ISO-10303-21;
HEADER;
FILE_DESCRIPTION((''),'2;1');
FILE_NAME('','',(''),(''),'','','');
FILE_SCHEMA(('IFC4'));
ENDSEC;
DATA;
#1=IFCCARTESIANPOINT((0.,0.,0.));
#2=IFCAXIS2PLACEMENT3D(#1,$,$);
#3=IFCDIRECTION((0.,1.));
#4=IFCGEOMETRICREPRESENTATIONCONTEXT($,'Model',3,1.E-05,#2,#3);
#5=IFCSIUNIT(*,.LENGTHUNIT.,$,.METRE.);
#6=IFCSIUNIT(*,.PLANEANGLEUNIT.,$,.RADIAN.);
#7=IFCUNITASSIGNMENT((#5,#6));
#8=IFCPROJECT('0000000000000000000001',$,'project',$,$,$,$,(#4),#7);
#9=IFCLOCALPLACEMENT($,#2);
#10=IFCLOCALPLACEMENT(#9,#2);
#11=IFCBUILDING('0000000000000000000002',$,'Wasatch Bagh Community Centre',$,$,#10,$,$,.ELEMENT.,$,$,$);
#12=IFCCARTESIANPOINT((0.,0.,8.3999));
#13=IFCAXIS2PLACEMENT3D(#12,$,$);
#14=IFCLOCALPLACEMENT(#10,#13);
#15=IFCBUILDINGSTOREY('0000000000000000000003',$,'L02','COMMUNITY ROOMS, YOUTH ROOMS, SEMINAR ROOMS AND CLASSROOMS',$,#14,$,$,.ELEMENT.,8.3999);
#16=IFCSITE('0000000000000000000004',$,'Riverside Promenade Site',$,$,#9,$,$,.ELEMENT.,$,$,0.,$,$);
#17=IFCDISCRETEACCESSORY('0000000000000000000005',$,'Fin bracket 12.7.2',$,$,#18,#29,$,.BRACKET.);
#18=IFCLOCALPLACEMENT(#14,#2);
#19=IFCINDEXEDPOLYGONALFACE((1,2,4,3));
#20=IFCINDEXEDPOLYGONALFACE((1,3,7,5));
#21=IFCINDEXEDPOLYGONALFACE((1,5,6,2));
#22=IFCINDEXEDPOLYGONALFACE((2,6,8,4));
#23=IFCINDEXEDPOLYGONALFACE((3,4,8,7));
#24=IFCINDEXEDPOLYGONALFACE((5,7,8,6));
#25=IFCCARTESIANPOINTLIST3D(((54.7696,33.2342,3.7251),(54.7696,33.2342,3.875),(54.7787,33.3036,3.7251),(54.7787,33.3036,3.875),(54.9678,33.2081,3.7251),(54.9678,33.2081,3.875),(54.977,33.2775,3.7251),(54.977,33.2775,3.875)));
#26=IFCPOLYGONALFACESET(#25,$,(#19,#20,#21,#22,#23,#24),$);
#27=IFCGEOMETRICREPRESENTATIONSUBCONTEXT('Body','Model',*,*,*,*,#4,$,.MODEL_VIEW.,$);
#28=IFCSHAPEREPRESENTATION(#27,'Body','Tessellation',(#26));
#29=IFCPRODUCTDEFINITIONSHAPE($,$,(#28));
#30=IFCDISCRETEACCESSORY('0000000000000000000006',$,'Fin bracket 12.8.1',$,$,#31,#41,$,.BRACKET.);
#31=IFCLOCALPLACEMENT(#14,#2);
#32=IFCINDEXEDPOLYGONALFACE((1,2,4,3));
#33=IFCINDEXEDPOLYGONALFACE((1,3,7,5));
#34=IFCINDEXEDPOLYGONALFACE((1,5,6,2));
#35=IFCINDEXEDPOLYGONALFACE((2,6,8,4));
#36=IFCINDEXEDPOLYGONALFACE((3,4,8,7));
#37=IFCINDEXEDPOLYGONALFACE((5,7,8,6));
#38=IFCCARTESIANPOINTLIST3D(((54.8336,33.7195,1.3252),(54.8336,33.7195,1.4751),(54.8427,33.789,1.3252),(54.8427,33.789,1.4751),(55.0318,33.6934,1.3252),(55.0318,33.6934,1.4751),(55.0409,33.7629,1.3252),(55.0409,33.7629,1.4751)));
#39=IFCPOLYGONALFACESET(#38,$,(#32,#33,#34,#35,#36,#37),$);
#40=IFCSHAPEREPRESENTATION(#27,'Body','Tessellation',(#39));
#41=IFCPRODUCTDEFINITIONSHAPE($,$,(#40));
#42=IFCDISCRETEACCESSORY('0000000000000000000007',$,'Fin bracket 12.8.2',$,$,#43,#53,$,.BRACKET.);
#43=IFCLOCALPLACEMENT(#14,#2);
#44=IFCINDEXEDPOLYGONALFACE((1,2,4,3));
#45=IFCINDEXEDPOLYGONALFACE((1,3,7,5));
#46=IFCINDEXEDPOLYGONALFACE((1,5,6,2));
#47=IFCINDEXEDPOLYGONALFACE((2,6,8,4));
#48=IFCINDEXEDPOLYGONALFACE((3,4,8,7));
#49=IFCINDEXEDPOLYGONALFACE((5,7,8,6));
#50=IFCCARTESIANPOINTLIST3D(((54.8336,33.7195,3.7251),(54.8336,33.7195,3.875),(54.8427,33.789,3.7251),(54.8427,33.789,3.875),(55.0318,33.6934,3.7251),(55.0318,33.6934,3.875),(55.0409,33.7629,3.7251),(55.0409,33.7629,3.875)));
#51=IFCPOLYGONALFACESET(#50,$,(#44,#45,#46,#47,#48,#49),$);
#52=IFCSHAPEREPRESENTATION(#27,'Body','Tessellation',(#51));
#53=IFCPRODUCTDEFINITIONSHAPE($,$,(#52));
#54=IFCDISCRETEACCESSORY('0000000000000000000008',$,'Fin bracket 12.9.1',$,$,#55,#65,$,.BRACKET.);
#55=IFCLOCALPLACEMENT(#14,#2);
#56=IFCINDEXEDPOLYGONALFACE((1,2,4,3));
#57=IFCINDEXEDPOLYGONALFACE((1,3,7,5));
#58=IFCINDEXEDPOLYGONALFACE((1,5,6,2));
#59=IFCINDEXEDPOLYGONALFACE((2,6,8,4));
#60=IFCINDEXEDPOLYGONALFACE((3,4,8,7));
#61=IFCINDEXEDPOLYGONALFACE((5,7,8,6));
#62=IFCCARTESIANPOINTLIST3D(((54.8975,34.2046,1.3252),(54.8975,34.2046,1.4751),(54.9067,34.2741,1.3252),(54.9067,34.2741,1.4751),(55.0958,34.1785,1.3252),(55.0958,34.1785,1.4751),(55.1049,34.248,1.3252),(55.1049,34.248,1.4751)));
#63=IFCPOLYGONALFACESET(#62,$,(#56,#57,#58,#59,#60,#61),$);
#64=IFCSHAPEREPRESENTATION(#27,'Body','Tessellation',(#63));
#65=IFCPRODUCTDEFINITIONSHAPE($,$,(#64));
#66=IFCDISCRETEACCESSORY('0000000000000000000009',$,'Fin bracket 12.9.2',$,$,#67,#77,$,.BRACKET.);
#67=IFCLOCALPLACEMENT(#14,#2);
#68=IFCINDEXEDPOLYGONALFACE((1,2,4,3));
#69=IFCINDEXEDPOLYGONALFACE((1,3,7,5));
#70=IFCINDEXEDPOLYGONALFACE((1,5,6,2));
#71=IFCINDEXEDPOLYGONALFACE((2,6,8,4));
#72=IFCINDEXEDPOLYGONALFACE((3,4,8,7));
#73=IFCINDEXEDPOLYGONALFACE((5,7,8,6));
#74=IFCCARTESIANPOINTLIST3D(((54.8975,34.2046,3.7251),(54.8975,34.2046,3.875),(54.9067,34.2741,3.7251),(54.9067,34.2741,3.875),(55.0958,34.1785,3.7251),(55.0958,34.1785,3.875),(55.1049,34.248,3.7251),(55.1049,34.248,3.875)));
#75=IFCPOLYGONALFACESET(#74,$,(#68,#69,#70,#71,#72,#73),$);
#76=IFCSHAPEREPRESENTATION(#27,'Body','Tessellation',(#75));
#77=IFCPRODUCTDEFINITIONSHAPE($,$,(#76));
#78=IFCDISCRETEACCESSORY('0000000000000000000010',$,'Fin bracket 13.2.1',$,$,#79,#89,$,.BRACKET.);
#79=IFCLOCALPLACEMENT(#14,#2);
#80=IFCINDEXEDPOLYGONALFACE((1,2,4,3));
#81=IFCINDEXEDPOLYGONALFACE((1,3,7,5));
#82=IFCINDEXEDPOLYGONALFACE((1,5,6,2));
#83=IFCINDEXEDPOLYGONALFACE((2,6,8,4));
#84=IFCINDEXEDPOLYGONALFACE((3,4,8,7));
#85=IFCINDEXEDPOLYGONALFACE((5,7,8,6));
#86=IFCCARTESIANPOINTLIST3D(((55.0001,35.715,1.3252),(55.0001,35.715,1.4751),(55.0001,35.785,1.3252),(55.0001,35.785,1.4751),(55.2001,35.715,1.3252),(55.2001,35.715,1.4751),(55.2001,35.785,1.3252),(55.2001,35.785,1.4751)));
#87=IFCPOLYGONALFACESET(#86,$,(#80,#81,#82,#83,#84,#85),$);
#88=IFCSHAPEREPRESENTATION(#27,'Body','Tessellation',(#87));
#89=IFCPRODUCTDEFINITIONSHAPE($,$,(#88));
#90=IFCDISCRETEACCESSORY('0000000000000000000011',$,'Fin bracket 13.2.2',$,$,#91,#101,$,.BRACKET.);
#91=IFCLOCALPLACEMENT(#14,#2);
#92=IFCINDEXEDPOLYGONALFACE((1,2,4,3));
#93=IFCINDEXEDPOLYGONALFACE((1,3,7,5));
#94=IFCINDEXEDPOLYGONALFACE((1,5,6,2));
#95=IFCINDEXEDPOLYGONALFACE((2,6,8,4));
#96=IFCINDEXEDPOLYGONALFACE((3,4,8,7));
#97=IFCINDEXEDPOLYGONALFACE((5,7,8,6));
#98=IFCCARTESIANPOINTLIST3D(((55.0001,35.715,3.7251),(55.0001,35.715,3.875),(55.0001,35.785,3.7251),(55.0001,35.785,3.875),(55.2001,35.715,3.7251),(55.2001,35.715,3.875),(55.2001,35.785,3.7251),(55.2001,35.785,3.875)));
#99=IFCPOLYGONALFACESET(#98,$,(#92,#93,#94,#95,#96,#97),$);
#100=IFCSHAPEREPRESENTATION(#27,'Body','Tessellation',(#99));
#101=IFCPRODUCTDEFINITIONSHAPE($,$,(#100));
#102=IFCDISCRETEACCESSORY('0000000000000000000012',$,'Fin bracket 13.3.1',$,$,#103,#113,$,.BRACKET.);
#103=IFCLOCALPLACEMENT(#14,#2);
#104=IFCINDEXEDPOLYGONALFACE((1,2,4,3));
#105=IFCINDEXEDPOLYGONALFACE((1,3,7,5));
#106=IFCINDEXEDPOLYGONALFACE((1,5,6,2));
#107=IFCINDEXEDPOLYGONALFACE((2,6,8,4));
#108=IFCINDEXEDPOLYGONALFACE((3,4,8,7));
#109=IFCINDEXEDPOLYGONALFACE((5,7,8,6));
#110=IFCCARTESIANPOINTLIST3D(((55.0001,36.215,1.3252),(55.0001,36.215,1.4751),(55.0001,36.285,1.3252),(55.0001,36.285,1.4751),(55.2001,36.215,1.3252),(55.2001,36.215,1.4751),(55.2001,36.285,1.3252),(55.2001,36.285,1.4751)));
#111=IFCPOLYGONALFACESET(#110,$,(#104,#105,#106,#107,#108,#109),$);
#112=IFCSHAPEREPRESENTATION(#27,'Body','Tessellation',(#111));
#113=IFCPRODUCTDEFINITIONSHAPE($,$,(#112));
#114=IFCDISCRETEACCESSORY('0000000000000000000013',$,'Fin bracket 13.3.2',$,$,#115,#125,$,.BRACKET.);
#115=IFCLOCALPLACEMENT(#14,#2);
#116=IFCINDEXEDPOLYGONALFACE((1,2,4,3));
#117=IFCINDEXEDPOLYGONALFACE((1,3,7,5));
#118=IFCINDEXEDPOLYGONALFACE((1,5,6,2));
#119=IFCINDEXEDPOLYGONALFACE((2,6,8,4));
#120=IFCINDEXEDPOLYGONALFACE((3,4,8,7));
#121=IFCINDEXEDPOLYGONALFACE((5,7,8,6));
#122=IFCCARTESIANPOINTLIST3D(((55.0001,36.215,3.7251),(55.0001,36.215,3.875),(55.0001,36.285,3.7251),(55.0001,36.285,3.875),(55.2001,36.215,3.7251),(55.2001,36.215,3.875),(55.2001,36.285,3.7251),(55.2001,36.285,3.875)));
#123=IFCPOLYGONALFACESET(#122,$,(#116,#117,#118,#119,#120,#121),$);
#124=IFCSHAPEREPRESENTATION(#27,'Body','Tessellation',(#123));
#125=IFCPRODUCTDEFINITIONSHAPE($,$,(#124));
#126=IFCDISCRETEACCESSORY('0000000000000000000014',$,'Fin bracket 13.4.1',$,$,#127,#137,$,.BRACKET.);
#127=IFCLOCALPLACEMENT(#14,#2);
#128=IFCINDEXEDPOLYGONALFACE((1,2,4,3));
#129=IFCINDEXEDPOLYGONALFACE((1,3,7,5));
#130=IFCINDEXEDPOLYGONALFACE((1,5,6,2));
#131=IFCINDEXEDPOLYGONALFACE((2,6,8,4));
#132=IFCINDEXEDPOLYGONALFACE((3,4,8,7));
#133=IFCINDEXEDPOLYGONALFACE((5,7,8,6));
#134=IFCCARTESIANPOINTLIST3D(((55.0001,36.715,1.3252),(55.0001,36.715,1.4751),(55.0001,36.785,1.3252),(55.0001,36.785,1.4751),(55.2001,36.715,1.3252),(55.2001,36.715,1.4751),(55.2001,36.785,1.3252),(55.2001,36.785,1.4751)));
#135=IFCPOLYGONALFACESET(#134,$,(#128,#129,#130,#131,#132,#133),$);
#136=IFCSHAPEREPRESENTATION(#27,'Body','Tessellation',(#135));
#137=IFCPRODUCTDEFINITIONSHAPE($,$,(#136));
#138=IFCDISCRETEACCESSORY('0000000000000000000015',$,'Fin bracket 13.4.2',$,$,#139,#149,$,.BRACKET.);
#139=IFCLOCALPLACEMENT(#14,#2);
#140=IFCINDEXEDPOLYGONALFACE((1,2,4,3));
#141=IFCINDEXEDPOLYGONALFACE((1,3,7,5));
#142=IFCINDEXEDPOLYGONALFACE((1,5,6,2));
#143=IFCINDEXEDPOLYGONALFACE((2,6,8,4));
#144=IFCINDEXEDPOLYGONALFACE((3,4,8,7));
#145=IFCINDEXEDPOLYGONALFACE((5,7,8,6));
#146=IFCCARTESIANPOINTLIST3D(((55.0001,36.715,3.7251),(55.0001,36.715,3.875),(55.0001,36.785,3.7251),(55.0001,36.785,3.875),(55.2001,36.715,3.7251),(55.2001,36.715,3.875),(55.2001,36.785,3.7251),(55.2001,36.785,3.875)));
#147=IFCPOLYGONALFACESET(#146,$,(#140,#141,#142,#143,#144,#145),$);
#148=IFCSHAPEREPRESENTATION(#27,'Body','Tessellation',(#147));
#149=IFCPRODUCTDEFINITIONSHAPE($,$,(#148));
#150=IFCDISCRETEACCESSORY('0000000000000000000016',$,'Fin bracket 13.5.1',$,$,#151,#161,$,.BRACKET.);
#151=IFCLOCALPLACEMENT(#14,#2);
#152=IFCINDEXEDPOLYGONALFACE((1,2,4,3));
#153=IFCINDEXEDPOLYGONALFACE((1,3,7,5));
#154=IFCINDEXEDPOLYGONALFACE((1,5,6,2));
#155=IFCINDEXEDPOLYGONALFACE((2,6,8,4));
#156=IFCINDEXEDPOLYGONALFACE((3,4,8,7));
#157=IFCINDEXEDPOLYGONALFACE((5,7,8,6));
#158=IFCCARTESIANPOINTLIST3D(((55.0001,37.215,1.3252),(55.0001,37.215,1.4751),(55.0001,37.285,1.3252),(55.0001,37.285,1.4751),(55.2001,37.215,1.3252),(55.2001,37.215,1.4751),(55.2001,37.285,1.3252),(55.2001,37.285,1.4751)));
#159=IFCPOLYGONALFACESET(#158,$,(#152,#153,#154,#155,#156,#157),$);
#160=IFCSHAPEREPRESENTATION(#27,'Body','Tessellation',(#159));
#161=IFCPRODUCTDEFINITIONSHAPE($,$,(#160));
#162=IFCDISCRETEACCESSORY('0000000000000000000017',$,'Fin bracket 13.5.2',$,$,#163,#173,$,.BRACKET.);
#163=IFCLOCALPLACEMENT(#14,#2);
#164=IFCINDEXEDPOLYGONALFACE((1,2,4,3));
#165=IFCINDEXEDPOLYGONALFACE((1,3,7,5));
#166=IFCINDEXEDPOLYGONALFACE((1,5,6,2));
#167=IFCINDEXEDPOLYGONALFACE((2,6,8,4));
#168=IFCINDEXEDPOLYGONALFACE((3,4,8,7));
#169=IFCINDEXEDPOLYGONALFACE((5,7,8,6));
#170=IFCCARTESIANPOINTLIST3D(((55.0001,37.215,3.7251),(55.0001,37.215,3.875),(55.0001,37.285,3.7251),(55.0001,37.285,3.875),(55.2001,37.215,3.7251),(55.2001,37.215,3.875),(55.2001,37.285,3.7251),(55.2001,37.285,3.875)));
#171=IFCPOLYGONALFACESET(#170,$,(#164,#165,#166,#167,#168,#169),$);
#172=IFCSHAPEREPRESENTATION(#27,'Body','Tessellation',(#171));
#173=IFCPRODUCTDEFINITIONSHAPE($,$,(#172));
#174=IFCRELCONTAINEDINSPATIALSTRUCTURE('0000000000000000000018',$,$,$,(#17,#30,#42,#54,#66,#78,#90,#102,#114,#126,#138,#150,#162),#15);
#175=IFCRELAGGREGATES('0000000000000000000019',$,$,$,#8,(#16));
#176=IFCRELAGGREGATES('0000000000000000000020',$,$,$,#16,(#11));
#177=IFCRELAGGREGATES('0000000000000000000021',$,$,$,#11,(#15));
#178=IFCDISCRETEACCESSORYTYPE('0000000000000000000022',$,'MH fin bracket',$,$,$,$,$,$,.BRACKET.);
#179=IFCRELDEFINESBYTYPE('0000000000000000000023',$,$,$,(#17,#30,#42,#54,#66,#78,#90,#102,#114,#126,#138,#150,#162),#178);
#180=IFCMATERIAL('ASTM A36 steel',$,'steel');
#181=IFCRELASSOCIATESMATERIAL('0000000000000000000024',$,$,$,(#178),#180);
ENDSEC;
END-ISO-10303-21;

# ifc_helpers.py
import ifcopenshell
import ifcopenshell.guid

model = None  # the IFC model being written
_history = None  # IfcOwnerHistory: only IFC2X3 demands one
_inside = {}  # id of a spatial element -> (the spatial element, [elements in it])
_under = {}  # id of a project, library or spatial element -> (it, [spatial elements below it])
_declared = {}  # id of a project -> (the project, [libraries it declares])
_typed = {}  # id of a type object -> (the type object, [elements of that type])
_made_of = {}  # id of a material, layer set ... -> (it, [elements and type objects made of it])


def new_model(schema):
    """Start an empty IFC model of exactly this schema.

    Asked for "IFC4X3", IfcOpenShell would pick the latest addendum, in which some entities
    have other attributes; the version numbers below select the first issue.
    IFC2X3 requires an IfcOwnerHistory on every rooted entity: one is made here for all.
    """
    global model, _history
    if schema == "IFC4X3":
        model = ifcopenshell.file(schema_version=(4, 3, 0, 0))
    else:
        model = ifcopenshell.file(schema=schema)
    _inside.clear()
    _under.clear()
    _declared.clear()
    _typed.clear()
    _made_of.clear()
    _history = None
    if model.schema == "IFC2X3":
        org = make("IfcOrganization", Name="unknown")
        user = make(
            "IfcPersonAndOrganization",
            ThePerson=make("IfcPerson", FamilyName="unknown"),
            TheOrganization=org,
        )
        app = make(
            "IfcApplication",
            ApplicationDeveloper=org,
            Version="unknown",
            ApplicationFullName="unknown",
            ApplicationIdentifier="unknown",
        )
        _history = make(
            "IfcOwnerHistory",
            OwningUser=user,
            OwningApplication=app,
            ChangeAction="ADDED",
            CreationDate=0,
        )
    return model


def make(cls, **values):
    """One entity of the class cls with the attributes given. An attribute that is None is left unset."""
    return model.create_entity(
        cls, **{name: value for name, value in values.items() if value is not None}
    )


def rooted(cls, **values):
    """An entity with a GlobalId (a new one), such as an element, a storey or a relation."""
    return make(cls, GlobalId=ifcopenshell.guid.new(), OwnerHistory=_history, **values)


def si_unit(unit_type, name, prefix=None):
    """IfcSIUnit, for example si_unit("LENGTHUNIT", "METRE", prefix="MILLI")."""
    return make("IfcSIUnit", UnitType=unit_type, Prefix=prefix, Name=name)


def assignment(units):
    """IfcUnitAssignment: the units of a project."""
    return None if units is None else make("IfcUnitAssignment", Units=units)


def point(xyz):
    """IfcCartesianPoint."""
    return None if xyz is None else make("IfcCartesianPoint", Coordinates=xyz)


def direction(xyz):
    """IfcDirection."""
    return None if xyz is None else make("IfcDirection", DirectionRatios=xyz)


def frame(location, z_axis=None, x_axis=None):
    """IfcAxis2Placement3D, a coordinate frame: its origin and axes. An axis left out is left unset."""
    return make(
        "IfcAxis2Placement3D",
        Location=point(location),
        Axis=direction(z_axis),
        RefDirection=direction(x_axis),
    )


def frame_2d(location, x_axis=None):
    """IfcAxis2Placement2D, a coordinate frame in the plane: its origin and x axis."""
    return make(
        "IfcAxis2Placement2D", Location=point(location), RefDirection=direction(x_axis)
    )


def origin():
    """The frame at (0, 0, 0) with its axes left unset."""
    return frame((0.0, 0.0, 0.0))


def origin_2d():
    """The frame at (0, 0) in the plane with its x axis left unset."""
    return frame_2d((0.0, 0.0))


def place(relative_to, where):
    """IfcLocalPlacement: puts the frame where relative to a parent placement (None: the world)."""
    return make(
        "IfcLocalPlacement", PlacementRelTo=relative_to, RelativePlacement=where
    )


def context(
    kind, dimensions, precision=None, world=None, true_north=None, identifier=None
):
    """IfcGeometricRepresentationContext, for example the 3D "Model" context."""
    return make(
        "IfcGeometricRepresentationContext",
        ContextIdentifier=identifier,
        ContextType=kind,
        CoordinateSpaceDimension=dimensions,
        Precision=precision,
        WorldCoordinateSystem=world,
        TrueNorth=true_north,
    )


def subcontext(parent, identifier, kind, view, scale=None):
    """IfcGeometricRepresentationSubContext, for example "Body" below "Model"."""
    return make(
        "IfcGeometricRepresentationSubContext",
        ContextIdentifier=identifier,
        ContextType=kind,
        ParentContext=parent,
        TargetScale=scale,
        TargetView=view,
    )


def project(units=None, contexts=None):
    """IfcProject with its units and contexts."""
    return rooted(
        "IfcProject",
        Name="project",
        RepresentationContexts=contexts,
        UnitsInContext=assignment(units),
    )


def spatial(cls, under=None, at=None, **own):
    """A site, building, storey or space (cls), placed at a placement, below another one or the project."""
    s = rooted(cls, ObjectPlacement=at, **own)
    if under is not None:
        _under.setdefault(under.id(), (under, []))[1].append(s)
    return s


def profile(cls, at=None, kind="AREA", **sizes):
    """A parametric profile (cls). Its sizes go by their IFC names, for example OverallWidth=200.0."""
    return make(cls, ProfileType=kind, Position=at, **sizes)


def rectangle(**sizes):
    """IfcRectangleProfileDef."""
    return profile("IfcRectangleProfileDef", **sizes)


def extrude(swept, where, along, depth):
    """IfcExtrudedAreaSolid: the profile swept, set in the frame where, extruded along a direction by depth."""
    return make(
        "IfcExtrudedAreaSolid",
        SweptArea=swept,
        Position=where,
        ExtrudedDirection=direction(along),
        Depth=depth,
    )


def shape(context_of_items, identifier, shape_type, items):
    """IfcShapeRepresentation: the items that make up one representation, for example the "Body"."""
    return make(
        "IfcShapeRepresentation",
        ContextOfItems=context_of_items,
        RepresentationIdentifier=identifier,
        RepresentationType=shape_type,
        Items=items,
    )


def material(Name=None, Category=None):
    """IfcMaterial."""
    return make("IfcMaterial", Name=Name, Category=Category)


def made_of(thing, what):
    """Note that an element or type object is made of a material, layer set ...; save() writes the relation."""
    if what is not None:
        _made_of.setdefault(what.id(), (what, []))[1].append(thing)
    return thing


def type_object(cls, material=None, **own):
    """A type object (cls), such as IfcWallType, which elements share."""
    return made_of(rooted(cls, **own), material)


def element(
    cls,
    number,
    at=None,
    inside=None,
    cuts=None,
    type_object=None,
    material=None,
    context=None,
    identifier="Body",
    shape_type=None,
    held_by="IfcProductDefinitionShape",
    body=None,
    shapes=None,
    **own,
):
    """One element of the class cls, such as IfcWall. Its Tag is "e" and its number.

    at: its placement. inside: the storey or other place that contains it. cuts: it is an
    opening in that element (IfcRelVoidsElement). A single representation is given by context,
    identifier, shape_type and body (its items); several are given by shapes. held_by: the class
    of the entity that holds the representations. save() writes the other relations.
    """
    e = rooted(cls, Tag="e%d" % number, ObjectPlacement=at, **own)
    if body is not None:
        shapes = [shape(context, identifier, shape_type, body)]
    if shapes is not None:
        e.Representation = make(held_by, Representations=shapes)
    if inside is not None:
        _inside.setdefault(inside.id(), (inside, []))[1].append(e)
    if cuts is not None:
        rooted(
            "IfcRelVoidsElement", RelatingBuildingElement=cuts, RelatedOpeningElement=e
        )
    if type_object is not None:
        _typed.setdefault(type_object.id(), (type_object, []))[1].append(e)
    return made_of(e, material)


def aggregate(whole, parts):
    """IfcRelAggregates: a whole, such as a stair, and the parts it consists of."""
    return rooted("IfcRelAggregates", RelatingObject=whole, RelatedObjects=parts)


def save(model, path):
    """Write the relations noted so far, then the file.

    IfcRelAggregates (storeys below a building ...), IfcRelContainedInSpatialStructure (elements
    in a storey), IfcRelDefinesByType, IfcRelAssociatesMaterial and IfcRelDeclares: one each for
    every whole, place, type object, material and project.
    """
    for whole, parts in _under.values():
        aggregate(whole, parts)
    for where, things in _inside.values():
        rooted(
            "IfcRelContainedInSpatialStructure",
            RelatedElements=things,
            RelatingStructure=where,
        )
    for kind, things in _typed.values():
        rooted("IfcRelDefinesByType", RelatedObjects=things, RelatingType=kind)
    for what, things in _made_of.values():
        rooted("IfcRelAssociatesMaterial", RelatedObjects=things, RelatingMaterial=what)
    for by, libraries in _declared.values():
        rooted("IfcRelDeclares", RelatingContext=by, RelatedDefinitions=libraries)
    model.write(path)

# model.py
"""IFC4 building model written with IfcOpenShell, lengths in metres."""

from ifc_helpers import new_model, si_unit, direction, frame, origin, origin_2d, place, context, subcontext, project, spatial, rectangle, extrude, material, type_object, element, save


model = new_model("IFC4")

# Units and contexts
model_context = context("Model", 3, precision=1e-05, world=origin(), true_north=direction((0.0, 1.0)))
body_context = subcontext(model_context, "Body", "Model", "MODEL_VIEW")
ifc_project = project(units=[si_unit("LENGTHUNIT", "METRE"), si_unit("PLANEANGLEUNIT", "RADIAN")], contexts=[model_context])

# Site, building, storey
site_placement = place(None, origin())
site = spatial("IfcSite", under=ifc_project, at=site_placement, Name="Riverside Promenade Site", CompositionType="ELEMENT", RefElevation=0.0)
building_placement = place(site_placement, origin())
building = spatial("IfcBuilding", under=site, at=building_placement, Name="Wasatch Bagh Community Centre", CompositionType="ELEMENT")
storey_placement = place(building_placement, frame((0.0, 0.0, 8.3999)))
storey = spatial("IfcBuildingStorey", under=building, at=storey_placement, Name="L02", Description="COMMUNITY ROOMS, YOUTH ROOMS, SEMINAR ROOMS AND CLASSROOMS", CompositionType="ELEMENT", Elevation=8.3999)

# Discrete accessories
ifc_material_1 = material(Name="ASTM A36 steel", Category="steel")
discrete_accessory_type = type_object("IfcDiscreteAccessoryType", Name="MH fin bracket", PredefinedType="BRACKET", material=ifc_material_1)
for number, where, z_axis, x_axis, name in (
    (1, (54.8733, 33.2559, 3.7251), (0.0, 0.0, 1.0), (0.130526, 0.991445, 0.0), "Fin bracket 12.7.2"),
    (2, (54.9373, 33.7412, 1.3252), (0.0, 0.0, 1.0), (0.130526, 0.991445, 0.0), "Fin bracket 12.8.1"),
    (3, (54.9373, 33.7412, 3.7251), (0.0, 0.0, 1.0), (0.130526, 0.991445, 0.0), "Fin bracket 12.8.2"),
    (4, (55.0012, 34.2263, 1.3252), (0.0, 0.0, 1.0), (0.130526, 0.991445, 0.0), "Fin bracket 12.9.1"),
    (5, (55.0012, 34.2263, 3.7251), (0.0, 0.0, 1.0), (0.130526, 0.991445, 0.0), "Fin bracket 12.9.2"),
    (6, (55.1001, 35.75, 1.3252), (0.0, 0.0, 1.0), (0.0, 1.0, 0.0), "Fin bracket 13.2.1"),
    (7, (55.1001, 35.75, 3.7251), (0.0, 0.0, 1.0), (0.0, 1.0, 0.0), "Fin bracket 13.2.2"),
    (8, (55.1001, 36.25, 1.3252), (0.0, 0.0, 1.0), (0.0, 1.0, 0.0), "Fin bracket 13.3.1"),
    (9, (55.1001, 36.25, 3.7251), (0.0, 0.0, 1.0), (0.0, 1.0, 0.0), "Fin bracket 13.3.2"),
    (10, (55.1001, 36.75, 1.3252), (0.0, 0.0, 1.0), (0.0, 1.0, 0.0), "Fin bracket 13.4.1"),
    (11, (55.1001, 36.75, 3.7251), (0.0, 0.0, 1.0), (0.0, 1.0, 0.0), "Fin bracket 13.4.2"),
    (12, (55.1001, 37.25, 1.3252), (0.0, 0.0, 1.0), (0.0, 1.0, 0.0), "Fin bracket 13.5.1"),
    (13, (55.1001, 37.25, 3.7251), (0.0, 0.0, 1.0), (0.0, 1.0, 0.0), "Fin bracket 13.5.2"),
):
    element("IfcDiscreteAccessory", number, at=place(storey_placement, frame(where, z_axis=z_axis, x_axis=x_axis)), inside=storey, type_object=discrete_accessory_type, Name=name, PredefinedType="BRACKET", context=body_context, shape_type="SweptSolid", body=[
        extrude(rectangle(XDim=0.0701, YDim=0.2, at=origin_2d()), origin(), (0.0, 0.0, 1.0), 0.1499),
    ])

save(model, "model.ifc")
